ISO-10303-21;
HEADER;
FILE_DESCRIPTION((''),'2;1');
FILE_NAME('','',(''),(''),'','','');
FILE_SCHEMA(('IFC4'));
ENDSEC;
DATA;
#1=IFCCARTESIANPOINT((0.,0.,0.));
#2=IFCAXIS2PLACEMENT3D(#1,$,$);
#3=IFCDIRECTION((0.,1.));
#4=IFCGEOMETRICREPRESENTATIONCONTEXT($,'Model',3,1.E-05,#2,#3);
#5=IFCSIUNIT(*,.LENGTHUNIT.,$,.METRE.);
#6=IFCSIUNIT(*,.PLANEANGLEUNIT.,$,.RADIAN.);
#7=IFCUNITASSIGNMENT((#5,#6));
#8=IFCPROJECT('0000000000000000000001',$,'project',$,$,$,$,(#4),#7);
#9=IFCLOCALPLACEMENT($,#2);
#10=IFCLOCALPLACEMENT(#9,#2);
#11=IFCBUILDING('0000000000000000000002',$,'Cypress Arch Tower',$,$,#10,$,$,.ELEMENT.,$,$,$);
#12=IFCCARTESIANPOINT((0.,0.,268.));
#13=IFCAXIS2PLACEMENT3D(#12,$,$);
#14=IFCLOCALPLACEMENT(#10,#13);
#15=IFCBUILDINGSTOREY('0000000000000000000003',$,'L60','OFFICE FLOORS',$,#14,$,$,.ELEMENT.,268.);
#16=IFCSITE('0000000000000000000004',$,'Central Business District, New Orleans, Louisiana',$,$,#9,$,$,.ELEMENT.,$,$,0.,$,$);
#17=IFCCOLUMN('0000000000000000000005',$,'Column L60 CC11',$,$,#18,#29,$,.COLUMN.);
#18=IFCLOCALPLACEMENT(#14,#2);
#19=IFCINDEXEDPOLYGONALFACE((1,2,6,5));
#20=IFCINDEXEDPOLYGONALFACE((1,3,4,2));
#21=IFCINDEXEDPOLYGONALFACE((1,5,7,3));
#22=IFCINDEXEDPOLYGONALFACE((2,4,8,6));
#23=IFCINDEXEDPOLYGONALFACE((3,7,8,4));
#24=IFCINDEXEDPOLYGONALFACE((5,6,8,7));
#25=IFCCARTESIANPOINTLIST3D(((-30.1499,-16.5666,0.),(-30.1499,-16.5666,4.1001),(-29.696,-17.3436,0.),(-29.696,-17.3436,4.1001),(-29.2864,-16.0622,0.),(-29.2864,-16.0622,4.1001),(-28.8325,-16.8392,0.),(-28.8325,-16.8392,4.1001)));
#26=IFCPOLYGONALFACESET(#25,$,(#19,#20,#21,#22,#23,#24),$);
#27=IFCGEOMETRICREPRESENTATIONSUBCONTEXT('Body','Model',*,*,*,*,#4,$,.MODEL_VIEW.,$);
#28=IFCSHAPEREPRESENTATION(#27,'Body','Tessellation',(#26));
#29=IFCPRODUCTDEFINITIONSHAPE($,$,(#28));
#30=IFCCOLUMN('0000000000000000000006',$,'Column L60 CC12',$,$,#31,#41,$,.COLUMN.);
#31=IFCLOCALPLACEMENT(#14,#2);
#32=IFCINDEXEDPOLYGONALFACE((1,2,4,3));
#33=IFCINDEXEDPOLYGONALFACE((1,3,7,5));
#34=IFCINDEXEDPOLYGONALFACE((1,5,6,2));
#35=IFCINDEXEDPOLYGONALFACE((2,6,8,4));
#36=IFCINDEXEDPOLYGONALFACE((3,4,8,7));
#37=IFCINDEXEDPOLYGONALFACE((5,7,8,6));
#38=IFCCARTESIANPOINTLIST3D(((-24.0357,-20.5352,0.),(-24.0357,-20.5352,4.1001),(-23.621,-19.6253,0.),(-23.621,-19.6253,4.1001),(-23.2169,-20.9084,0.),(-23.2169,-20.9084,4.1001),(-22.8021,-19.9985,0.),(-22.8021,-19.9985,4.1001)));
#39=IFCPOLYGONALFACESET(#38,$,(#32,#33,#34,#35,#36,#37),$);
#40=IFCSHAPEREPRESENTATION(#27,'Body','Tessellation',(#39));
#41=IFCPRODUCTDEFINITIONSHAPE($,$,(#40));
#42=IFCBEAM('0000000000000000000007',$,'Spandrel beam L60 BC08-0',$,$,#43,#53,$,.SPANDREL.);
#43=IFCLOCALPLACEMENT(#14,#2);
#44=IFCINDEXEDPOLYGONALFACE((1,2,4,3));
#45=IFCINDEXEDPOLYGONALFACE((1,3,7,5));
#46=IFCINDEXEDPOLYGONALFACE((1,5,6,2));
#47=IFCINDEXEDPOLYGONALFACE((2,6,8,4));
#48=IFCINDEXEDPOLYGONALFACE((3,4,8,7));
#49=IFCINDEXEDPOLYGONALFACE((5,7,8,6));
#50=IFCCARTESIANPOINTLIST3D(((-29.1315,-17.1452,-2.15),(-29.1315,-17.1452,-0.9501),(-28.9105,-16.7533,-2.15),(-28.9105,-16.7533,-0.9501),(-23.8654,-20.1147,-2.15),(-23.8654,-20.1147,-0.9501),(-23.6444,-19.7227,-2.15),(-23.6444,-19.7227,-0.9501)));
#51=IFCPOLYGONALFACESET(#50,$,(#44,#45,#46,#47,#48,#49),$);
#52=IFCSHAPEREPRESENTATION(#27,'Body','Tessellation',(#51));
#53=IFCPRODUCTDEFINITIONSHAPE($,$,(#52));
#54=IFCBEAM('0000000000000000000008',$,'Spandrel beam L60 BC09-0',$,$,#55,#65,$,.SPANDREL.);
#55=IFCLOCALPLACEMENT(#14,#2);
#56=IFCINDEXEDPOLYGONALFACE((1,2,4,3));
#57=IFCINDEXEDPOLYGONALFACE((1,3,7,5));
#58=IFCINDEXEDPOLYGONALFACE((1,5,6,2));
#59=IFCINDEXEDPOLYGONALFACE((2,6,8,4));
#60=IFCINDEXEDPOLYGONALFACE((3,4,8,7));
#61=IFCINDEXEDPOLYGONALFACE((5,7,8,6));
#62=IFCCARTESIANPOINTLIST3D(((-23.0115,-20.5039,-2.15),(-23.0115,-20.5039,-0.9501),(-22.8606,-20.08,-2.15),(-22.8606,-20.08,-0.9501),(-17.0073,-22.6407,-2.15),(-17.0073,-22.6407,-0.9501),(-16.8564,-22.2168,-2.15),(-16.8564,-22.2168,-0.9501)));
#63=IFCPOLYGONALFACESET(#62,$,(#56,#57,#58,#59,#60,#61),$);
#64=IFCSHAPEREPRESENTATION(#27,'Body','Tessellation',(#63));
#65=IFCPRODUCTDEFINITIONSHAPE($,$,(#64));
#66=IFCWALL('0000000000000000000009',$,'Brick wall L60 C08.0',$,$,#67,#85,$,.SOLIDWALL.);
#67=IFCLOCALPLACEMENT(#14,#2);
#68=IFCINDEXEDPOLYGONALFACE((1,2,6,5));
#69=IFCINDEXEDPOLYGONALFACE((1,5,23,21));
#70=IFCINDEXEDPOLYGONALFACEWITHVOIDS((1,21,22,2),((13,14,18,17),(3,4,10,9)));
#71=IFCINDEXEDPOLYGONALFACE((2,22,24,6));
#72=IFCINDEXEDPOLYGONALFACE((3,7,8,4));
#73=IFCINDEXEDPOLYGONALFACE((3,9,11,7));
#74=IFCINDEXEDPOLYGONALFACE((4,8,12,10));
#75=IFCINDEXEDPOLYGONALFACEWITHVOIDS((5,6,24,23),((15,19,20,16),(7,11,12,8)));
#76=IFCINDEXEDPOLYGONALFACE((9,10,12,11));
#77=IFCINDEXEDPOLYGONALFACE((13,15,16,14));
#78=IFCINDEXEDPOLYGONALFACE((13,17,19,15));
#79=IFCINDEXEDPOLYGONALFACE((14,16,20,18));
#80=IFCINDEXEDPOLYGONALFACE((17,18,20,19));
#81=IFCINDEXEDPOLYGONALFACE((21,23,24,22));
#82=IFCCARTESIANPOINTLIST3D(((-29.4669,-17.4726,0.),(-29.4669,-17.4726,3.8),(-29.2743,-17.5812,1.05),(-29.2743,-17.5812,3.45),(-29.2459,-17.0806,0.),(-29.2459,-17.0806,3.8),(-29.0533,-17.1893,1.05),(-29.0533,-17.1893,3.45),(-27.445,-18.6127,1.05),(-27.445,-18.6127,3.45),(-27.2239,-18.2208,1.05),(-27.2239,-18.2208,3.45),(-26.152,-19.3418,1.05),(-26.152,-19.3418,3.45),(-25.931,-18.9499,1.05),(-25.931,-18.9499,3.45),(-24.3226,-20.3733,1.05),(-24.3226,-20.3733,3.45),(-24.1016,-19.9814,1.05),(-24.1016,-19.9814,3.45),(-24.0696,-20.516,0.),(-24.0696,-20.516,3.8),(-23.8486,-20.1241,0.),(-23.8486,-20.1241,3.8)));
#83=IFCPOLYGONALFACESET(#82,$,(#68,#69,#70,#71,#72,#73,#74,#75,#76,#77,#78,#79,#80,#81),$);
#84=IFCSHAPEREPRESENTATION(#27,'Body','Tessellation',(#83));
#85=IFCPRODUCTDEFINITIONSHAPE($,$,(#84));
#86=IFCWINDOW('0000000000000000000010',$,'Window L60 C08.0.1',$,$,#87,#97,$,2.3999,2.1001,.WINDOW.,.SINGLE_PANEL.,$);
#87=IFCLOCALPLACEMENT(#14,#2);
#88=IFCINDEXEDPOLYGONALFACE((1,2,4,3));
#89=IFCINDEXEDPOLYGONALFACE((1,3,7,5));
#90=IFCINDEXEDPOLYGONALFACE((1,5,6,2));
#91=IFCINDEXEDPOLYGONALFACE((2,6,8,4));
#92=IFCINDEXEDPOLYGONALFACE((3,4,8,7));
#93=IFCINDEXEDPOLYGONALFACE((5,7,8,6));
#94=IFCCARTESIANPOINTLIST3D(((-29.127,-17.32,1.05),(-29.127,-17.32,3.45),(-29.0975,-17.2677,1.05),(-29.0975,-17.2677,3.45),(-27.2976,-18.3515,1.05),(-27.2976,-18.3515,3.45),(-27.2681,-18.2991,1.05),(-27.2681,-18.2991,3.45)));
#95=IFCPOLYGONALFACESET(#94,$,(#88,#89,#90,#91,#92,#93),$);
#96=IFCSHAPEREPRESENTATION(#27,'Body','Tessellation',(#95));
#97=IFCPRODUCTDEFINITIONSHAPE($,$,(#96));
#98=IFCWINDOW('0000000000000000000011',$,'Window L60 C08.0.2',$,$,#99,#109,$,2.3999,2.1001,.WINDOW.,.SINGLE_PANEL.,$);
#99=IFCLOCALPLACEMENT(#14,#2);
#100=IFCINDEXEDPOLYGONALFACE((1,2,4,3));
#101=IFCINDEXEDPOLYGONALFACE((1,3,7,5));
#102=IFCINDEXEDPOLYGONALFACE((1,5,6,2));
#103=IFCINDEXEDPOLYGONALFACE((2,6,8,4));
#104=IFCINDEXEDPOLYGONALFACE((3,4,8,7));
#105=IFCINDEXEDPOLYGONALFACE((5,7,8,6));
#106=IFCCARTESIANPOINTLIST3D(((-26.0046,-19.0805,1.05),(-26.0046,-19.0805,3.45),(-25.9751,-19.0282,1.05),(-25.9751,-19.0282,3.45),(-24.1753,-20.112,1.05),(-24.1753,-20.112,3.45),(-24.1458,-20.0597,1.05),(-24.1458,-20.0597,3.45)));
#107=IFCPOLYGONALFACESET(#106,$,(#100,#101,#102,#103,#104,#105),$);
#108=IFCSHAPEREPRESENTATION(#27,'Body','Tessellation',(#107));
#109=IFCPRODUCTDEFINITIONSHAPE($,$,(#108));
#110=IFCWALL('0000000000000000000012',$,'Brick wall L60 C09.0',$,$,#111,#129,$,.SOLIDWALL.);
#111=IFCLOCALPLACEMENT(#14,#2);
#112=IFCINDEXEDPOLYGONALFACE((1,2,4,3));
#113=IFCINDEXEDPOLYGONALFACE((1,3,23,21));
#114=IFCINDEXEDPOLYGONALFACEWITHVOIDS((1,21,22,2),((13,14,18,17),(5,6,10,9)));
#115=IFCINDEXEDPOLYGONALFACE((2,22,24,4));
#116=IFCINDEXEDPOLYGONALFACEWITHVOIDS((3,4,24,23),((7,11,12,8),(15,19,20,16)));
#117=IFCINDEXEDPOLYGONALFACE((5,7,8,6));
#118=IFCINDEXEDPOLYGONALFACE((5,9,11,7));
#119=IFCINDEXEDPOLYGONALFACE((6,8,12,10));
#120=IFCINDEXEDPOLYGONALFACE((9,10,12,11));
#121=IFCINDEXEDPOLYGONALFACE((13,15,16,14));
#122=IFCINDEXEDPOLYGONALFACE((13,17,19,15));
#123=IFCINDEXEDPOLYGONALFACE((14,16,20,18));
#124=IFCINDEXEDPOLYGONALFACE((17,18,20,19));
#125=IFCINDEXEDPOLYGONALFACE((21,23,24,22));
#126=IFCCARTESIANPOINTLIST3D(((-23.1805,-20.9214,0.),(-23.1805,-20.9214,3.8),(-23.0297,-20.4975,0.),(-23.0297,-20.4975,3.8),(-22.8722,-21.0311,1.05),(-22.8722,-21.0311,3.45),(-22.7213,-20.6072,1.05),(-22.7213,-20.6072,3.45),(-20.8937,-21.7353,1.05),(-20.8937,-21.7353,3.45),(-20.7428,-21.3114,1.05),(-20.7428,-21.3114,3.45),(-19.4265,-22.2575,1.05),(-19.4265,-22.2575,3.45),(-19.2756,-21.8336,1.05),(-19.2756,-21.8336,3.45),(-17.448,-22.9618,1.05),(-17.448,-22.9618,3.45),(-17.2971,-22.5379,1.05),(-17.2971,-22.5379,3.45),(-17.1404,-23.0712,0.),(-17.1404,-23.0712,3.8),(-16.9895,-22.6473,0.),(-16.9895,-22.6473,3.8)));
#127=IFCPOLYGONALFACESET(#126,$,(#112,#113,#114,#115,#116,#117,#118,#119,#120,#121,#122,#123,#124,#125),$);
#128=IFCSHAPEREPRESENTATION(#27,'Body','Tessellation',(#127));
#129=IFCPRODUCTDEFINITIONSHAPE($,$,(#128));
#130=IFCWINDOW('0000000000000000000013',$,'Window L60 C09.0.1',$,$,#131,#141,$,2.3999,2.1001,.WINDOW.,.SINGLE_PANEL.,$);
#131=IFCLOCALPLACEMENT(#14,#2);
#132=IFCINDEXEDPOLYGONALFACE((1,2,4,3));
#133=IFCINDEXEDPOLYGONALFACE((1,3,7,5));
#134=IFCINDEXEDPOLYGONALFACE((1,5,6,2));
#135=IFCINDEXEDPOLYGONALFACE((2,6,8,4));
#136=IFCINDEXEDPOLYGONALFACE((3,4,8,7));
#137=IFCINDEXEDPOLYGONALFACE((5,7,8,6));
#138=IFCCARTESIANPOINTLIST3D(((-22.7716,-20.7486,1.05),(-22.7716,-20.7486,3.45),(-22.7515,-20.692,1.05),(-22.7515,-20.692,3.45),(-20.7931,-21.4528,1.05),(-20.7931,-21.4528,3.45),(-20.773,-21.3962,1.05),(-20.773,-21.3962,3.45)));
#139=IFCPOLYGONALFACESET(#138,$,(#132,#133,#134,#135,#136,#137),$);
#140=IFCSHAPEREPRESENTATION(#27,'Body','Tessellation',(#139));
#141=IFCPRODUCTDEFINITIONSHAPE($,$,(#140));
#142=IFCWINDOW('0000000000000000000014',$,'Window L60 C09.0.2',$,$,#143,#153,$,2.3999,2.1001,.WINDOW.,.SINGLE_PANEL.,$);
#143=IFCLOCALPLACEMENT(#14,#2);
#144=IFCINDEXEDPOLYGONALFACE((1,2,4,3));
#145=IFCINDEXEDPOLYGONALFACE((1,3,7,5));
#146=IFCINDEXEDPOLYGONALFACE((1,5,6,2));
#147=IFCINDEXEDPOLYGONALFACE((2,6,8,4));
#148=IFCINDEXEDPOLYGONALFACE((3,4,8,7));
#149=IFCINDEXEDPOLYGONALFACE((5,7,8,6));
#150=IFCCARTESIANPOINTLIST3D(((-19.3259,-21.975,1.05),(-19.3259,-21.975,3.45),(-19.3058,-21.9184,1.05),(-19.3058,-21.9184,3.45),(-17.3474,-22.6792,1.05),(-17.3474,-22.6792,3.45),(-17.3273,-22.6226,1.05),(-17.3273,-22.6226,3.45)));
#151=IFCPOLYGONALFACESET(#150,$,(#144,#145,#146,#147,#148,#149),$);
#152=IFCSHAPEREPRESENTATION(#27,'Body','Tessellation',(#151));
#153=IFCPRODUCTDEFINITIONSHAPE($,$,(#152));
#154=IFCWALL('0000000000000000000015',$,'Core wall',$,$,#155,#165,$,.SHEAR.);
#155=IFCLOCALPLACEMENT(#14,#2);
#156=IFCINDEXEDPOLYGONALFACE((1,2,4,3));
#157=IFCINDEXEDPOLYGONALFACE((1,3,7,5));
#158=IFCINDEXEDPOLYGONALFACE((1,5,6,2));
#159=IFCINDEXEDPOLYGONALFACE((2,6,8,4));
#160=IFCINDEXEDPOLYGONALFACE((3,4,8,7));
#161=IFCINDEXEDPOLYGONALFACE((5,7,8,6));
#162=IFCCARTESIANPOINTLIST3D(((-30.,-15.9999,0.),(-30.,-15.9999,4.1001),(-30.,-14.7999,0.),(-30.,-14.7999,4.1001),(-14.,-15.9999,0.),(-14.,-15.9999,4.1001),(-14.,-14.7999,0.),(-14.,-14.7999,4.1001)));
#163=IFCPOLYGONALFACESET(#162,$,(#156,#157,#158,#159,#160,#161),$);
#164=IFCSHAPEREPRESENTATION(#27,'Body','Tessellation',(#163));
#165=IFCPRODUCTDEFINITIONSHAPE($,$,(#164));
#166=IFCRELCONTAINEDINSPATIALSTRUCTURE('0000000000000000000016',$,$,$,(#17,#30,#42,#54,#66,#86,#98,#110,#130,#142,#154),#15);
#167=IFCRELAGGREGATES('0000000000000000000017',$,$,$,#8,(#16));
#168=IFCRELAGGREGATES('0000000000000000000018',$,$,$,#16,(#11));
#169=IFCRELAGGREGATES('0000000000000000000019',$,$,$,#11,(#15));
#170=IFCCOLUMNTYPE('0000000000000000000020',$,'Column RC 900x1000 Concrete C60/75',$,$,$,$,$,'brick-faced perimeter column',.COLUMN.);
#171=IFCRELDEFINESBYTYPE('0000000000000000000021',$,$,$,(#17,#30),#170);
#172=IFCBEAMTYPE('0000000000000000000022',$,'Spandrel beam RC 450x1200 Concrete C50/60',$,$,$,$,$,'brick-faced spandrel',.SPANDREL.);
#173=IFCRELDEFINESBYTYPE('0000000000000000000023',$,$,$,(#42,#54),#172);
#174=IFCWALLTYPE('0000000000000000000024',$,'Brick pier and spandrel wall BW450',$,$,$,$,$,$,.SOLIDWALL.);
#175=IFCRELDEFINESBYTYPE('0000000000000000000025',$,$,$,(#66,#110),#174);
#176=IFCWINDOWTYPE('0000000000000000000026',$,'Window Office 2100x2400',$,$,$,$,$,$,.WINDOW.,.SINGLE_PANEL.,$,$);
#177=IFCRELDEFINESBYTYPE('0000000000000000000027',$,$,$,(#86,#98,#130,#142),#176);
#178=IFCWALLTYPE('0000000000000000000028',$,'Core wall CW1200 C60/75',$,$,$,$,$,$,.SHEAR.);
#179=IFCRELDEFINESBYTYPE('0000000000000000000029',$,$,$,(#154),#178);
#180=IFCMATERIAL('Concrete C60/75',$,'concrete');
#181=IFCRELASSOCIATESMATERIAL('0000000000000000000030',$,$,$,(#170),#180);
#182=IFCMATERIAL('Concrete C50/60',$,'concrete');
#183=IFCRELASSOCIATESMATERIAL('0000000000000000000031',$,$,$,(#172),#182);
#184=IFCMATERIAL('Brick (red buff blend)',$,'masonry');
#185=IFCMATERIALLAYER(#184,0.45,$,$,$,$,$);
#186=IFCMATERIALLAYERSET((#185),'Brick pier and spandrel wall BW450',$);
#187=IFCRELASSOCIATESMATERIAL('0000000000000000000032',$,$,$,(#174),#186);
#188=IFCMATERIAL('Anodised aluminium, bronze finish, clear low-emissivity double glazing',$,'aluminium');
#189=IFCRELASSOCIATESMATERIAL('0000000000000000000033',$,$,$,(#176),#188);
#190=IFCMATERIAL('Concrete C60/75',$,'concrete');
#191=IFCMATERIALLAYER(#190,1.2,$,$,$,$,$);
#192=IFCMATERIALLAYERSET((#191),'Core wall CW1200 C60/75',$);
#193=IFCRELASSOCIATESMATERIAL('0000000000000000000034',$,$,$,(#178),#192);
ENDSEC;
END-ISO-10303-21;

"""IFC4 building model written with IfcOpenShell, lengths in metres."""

from ifc_helpers import new_model, si_unit, direction, frame, frame_2d, origin, origin_2d, place, context, subcontext, project, spatial, rectangle, extrude, material, layer, layer_set, material_profile, profile_set, type_object, element, fill, save


model = new_model("IFC4")

# Units and contexts
model_context = context("Model", 3, precision=1e-05, world=origin(), true_north=direction((0.0, 1.0)))
body_context = subcontext(model_context, "Body", "Model", "MODEL_VIEW")
ifc_project = project(units=[si_unit("LENGTHUNIT", "METRE"), si_unit("PLANEANGLEUNIT", "RADIAN")], contexts=[model_context])

# Site, building, storey
site_placement = place(None, origin())
site = spatial("IfcSite", under=ifc_project, at=site_placement, Name="Central Business District, New Orleans, Louisiana", CompositionType="ELEMENT", RefElevation=0.0)
building_placement = place(site_placement, origin())
building = spatial("IfcBuilding", under=site, at=building_placement, Name="Cypress Arch Tower", CompositionType="ELEMENT")
storey_placement = place(building_placement, frame((0.0, 0.0, 268.0)))
storey = spatial("IfcBuildingStorey", under=building, at=storey_placement, Name="L60", Description="OFFICE FLOORS", CompositionType="ELEMENT", Elevation=268.0)

# Columns
ifc_material_1 = material(Name="Concrete C60/75", Category="concrete")
ifc_material_profile_1 = material_profile(ifc_material_1, rectangle(XDim=0.8999, YDim=1.0, at=origin_2d()), Name="RC 900x1000")
ifc_profile_set_1 = profile_set([ifc_material_profile_1], Name="Concrete C60/75")
column_type = type_object("IfcColumnType", Name="Column RC 900x1000 Concrete C60/75", ElementType="brick-faced perimeter column", PredefinedType="COLUMN", material=ifc_profile_set_1)
for number, where, z_axis, x_axis, name in (
    (1, (-29.4912, -16.7029, 0.0), (0.0, 0.0, 1.0), (0.504399, -0.863471, 0.0), "Column L60 CC11"),
    (2, (-23.4189, -20.2668, 0.0), (0.0, 0.0, 1.0), (0.909932, -0.414757, 0.0), "Column L60 CC12"),
):
    element("IfcColumn", number, at=place(storey_placement, frame(where, z_axis=z_axis, x_axis=x_axis)), inside=storey, type_object=column_type, Name=name, PredefinedType="COLUMN", context=body_context, shape_type="SweptSolid", body=[
        extrude(rectangle(XDim=0.8999, YDim=1.0, at=origin_2d()), origin(), (0.0, 0.0, 1.0), 4.1001),
    ])

# Beams
ifc_material_2 = material(Name="Concrete C50/60", Category="concrete")
ifc_material_profile_2 = material_profile(ifc_material_2, rectangle(XDim=0.45, YDim=1.2, at=origin_2d()), Name="RC 450x1200")
ifc_profile_set_2 = profile_set([ifc_material_profile_2], Name="Concrete C50/60")
beam_type = type_object("IfcBeamType", Name="Spandrel beam RC 450x1200 Concrete C50/60", ElementType="brick-faced spandrel", PredefinedType="SPANDREL", material=ifc_profile_set_2)
beam_1_placement = place(storey_placement, frame((-29.021, -16.9492, -1.55), z_axis=(0.87106, -0.491177, 0.0), x_axis=(0.491177, 0.87106, 0.0)))
element("IfcBeam", 3, at=beam_1_placement, inside=storey, type_object=beam_type, Name="Spandrel beam L60 BC08-0", PredefinedType="SPANDREL", context=body_context, shape_type="SweptSolid", body=[
    extrude(rectangle(XDim=0.45, YDim=1.2, at=origin_2d()), origin(), (0.0, 0.0, 1.0), 6.0457),
])
beam_2_placement = place(storey_placement, frame((-22.936, -20.292, -1.55), z_axis=(0.94212, -0.335276, 0.0), x_axis=(0.335276, 0.94212, 0.0)))
element("IfcBeam", 4, at=beam_2_placement, inside=storey, type_object=beam_type, Name="Spandrel beam L60 BC09-0", PredefinedType="SPANDREL", context=body_context, shape_type="SweptSolid", body=[
    extrude(rectangle(XDim=0.45, YDim=1.2, at=origin_2d()), origin(), (0.0, 0.0, 1.0), 6.373),
])

# Walls, openings, windows
ifc_material_3 = material(Name="Brick (red buff blend)", Category="masonry")
ifc_layer_1 = layer(ifc_material_3, 0.45)
ifc_layer_set_1 = layer_set([ifc_layer_1], Name="Brick pier and spandrel wall BW450")
wall_type_1 = type_object("IfcWallType", Name="Brick pier and spandrel wall BW450", PredefinedType="SOLIDWALL", material=ifc_layer_set_1)
wall_1_placement = place(storey_placement, frame((-29.3564, -17.2766, 0.0), z_axis=(0.0, 0.0, 1.0), x_axis=(0.871066, -0.491166, 0.0)))
wall_1 = element("IfcWall", 5, at=wall_1_placement, inside=storey, type_object=wall_type_1, Name="Brick wall L60 C08.0", PredefinedType="SOLIDWALL", context=body_context, shape_type="SweptSolid", body=[
    extrude(rectangle(XDim=6.1963, YDim=0.45, at=frame_2d((3.0981, 0.0))), origin(), (0.0, 0.0, 1.0), 3.8),
])
opening_1_placement = place(wall_1_placement, frame((0.2212, 0.0, 1.05)))
opening_1 = element("IfcOpeningElement", 6, at=opening_1_placement, cuts=wall_1, PredefinedType="OPENING", context=body_context, shape_type="SweptSolid", body=[
    extrude(rectangle(XDim=2.1001, YDim=2.3999, at=frame_2d((1.05, 1.2))), frame((0.0, 0.2349, 0.0), z_axis=(0.0, -1.0, 0.0), x_axis=(1.0, 0.0, 0.0)), (0.0, 0.0, 1.0), 0.47),
])
opening_2_placement = place(wall_1_placement, frame((3.8057, 0.0, 1.05)))
opening_2 = element("IfcOpeningElement", 7, at=opening_2_placement, cuts=wall_1, PredefinedType="OPENING", context=body_context, shape_type="SweptSolid", body=[
    extrude(rectangle(XDim=2.1001, YDim=2.3999, at=frame_2d((1.05, 1.2))), frame((0.0, 0.2349, 0.0), z_axis=(0.0, -1.0, 0.0), x_axis=(1.0, 0.0, 0.0)), (0.0, 0.0, 1.0), 0.47),
])
ifc_material_4 = material(Name="Anodised aluminium, bronze finish, clear low-emissivity double glazing", Category="aluminium")
window_type = type_object("IfcWindowType", Name="Window Office 2100x2400", PartitioningType="SINGLE_PANEL", PredefinedType="WINDOW", material=ifc_material_4)
window_1_placement = place(opening_1_placement, origin())
window_1 = element("IfcWindow", 8, at=window_1_placement, inside=storey, type_object=window_type, Name="Window L60 C08.0.1", OverallHeight=2.3999, OverallWidth=2.1001, PartitioningType="SINGLE_PANEL", PredefinedType="WINDOW", context=body_context, shape_type="SweptSolid", body=[
    extrude(rectangle(XDim=2.1001, YDim=2.3999, at=frame_2d((1.05, 1.2))), frame((0.0, 0.135, 0.0), z_axis=(0.0, -1.0, 0.0), x_axis=(1.0, 0.0, 0.0)), (0.0, 0.0, 1.0), 0.0601),
])
fill(opening_1, window_1)
window_2_placement = place(opening_2_placement, origin())
window_2 = element("IfcWindow", 9, at=window_2_placement, inside=storey, type_object=window_type, Name="Window L60 C08.0.2", OverallHeight=2.3999, OverallWidth=2.1001, PartitioningType="SINGLE_PANEL", PredefinedType="WINDOW", context=body_context, shape_type="SweptSolid", body=[
    extrude(rectangle(XDim=2.1001, YDim=2.3999, at=frame_2d((1.05, 1.2))), frame((0.0, 0.135, 0.0), z_axis=(0.0, -1.0, 0.0), x_axis=(1.0, 0.0, 0.0)), (0.0, 0.0, 1.0), 0.0601),
])
fill(opening_2, window_2)
wall_2_placement = place(storey_placement, frame((-23.105, -20.7095, 0.0), z_axis=(0.0, 0.0, 1.0), x_axis=(0.942104, -0.335321, 0.0)))
wall_2 = element("IfcWall", 10, at=wall_2_placement, inside=storey, type_object=wall_type_1, Name="Brick wall L60 C09.0", PredefinedType="SOLIDWALL", context=body_context, shape_type="SweptSolid", body=[
    extrude(rectangle(XDim=6.4114, YDim=0.45, at=frame_2d((3.2056, 0.0))), origin(), (0.0, 0.0, 1.0), 3.8),
])
opening_3_placement = place(wall_2_placement, frame((0.3271, 0.0, 1.05)))
opening_3 = element("IfcOpeningElement", 11, at=opening_3_placement, cuts=wall_2, PredefinedType="OPENING", context=body_context, shape_type="SweptSolid", body=[
    extrude(rectangle(XDim=2.1001, YDim=2.3999, at=frame_2d((1.05, 1.2))), frame((0.0, 0.2349, 0.0), z_axis=(0.0, -1.0, 0.0), x_axis=(1.0, 0.0, 0.0)), (0.0, 0.0, 1.0), 0.47),
])
opening_4_placement = place(wall_2_placement, frame((3.9846, 0.0, 1.05)))
opening_4 = element("IfcOpeningElement", 12, at=opening_4_placement, cuts=wall_2, PredefinedType="OPENING", context=body_context, shape_type="SweptSolid", body=[
    extrude(rectangle(XDim=2.1001, YDim=2.3999, at=frame_2d((1.05, 1.2))), frame((0.0, 0.2349, 0.0), z_axis=(0.0, -1.0, 0.0), x_axis=(1.0, 0.0, 0.0)), (0.0, 0.0, 1.0), 0.47),
])
window_3_placement = place(opening_3_placement, origin())
window_3 = element("IfcWindow", 13, at=window_3_placement, inside=storey, type_object=window_type, Name="Window L60 C09.0.1", OverallHeight=2.3999, OverallWidth=2.1001, PartitioningType="SINGLE_PANEL", PredefinedType="WINDOW", context=body_context, shape_type="SweptSolid", body=[
    extrude(rectangle(XDim=2.1001, YDim=2.3999, at=frame_2d((1.05, 1.2))), frame((0.0, 0.135, 0.0), z_axis=(0.0, -1.0, 0.0), x_axis=(1.0, 0.0, 0.0)), (0.0, 0.0, 1.0), 0.0601),
])
fill(opening_3, window_3)
window_4_placement = place(opening_4_placement, origin())
window_4 = element("IfcWindow", 14, at=window_4_placement, inside=storey, type_object=window_type, Name="Window L60 C09.0.2", OverallHeight=2.3999, OverallWidth=2.1001, PartitioningType="SINGLE_PANEL", PredefinedType="WINDOW", context=body_context, shape_type="SweptSolid", body=[
    extrude(rectangle(XDim=2.1001, YDim=2.3999, at=frame_2d((1.05, 1.2))), frame((0.0, 0.135, 0.0), z_axis=(0.0, -1.0, 0.0), x_axis=(1.0, 0.0, 0.0)), (0.0, 0.0, 1.0), 0.0601),
])
fill(opening_4, window_4)

# Wall
ifc_material_5 = material(Name="Concrete C60/75", Category="concrete")
ifc_layer_2 = layer(ifc_material_5, 1.2)
ifc_layer_set_2 = layer_set([ifc_layer_2], Name="Core wall CW1200 C60/75")
wall_type_2 = type_object("IfcWallType", Name="Core wall CW1200 C60/75", PredefinedType="SHEAR", material=ifc_layer_set_2)
wall_3_placement = place(storey_placement, frame((-30.0, -15.3999, 0.0), z_axis=(0.0, 0.0, 1.0), x_axis=(1.0, 0.0, 0.0)))
element("IfcWall", 15, at=wall_3_placement, inside=storey, type_object=wall_type_2, Name="Core wall", PredefinedType="SHEAR", context=body_context, shape_type="SweptSolid", body=[
    extrude(rectangle(XDim=16.0, YDim=1.2, at=frame_2d((8.0, 0.0))), origin(), (0.0, 0.0, 1.0), 4.1001),
])

save(model, "model.ifc")
